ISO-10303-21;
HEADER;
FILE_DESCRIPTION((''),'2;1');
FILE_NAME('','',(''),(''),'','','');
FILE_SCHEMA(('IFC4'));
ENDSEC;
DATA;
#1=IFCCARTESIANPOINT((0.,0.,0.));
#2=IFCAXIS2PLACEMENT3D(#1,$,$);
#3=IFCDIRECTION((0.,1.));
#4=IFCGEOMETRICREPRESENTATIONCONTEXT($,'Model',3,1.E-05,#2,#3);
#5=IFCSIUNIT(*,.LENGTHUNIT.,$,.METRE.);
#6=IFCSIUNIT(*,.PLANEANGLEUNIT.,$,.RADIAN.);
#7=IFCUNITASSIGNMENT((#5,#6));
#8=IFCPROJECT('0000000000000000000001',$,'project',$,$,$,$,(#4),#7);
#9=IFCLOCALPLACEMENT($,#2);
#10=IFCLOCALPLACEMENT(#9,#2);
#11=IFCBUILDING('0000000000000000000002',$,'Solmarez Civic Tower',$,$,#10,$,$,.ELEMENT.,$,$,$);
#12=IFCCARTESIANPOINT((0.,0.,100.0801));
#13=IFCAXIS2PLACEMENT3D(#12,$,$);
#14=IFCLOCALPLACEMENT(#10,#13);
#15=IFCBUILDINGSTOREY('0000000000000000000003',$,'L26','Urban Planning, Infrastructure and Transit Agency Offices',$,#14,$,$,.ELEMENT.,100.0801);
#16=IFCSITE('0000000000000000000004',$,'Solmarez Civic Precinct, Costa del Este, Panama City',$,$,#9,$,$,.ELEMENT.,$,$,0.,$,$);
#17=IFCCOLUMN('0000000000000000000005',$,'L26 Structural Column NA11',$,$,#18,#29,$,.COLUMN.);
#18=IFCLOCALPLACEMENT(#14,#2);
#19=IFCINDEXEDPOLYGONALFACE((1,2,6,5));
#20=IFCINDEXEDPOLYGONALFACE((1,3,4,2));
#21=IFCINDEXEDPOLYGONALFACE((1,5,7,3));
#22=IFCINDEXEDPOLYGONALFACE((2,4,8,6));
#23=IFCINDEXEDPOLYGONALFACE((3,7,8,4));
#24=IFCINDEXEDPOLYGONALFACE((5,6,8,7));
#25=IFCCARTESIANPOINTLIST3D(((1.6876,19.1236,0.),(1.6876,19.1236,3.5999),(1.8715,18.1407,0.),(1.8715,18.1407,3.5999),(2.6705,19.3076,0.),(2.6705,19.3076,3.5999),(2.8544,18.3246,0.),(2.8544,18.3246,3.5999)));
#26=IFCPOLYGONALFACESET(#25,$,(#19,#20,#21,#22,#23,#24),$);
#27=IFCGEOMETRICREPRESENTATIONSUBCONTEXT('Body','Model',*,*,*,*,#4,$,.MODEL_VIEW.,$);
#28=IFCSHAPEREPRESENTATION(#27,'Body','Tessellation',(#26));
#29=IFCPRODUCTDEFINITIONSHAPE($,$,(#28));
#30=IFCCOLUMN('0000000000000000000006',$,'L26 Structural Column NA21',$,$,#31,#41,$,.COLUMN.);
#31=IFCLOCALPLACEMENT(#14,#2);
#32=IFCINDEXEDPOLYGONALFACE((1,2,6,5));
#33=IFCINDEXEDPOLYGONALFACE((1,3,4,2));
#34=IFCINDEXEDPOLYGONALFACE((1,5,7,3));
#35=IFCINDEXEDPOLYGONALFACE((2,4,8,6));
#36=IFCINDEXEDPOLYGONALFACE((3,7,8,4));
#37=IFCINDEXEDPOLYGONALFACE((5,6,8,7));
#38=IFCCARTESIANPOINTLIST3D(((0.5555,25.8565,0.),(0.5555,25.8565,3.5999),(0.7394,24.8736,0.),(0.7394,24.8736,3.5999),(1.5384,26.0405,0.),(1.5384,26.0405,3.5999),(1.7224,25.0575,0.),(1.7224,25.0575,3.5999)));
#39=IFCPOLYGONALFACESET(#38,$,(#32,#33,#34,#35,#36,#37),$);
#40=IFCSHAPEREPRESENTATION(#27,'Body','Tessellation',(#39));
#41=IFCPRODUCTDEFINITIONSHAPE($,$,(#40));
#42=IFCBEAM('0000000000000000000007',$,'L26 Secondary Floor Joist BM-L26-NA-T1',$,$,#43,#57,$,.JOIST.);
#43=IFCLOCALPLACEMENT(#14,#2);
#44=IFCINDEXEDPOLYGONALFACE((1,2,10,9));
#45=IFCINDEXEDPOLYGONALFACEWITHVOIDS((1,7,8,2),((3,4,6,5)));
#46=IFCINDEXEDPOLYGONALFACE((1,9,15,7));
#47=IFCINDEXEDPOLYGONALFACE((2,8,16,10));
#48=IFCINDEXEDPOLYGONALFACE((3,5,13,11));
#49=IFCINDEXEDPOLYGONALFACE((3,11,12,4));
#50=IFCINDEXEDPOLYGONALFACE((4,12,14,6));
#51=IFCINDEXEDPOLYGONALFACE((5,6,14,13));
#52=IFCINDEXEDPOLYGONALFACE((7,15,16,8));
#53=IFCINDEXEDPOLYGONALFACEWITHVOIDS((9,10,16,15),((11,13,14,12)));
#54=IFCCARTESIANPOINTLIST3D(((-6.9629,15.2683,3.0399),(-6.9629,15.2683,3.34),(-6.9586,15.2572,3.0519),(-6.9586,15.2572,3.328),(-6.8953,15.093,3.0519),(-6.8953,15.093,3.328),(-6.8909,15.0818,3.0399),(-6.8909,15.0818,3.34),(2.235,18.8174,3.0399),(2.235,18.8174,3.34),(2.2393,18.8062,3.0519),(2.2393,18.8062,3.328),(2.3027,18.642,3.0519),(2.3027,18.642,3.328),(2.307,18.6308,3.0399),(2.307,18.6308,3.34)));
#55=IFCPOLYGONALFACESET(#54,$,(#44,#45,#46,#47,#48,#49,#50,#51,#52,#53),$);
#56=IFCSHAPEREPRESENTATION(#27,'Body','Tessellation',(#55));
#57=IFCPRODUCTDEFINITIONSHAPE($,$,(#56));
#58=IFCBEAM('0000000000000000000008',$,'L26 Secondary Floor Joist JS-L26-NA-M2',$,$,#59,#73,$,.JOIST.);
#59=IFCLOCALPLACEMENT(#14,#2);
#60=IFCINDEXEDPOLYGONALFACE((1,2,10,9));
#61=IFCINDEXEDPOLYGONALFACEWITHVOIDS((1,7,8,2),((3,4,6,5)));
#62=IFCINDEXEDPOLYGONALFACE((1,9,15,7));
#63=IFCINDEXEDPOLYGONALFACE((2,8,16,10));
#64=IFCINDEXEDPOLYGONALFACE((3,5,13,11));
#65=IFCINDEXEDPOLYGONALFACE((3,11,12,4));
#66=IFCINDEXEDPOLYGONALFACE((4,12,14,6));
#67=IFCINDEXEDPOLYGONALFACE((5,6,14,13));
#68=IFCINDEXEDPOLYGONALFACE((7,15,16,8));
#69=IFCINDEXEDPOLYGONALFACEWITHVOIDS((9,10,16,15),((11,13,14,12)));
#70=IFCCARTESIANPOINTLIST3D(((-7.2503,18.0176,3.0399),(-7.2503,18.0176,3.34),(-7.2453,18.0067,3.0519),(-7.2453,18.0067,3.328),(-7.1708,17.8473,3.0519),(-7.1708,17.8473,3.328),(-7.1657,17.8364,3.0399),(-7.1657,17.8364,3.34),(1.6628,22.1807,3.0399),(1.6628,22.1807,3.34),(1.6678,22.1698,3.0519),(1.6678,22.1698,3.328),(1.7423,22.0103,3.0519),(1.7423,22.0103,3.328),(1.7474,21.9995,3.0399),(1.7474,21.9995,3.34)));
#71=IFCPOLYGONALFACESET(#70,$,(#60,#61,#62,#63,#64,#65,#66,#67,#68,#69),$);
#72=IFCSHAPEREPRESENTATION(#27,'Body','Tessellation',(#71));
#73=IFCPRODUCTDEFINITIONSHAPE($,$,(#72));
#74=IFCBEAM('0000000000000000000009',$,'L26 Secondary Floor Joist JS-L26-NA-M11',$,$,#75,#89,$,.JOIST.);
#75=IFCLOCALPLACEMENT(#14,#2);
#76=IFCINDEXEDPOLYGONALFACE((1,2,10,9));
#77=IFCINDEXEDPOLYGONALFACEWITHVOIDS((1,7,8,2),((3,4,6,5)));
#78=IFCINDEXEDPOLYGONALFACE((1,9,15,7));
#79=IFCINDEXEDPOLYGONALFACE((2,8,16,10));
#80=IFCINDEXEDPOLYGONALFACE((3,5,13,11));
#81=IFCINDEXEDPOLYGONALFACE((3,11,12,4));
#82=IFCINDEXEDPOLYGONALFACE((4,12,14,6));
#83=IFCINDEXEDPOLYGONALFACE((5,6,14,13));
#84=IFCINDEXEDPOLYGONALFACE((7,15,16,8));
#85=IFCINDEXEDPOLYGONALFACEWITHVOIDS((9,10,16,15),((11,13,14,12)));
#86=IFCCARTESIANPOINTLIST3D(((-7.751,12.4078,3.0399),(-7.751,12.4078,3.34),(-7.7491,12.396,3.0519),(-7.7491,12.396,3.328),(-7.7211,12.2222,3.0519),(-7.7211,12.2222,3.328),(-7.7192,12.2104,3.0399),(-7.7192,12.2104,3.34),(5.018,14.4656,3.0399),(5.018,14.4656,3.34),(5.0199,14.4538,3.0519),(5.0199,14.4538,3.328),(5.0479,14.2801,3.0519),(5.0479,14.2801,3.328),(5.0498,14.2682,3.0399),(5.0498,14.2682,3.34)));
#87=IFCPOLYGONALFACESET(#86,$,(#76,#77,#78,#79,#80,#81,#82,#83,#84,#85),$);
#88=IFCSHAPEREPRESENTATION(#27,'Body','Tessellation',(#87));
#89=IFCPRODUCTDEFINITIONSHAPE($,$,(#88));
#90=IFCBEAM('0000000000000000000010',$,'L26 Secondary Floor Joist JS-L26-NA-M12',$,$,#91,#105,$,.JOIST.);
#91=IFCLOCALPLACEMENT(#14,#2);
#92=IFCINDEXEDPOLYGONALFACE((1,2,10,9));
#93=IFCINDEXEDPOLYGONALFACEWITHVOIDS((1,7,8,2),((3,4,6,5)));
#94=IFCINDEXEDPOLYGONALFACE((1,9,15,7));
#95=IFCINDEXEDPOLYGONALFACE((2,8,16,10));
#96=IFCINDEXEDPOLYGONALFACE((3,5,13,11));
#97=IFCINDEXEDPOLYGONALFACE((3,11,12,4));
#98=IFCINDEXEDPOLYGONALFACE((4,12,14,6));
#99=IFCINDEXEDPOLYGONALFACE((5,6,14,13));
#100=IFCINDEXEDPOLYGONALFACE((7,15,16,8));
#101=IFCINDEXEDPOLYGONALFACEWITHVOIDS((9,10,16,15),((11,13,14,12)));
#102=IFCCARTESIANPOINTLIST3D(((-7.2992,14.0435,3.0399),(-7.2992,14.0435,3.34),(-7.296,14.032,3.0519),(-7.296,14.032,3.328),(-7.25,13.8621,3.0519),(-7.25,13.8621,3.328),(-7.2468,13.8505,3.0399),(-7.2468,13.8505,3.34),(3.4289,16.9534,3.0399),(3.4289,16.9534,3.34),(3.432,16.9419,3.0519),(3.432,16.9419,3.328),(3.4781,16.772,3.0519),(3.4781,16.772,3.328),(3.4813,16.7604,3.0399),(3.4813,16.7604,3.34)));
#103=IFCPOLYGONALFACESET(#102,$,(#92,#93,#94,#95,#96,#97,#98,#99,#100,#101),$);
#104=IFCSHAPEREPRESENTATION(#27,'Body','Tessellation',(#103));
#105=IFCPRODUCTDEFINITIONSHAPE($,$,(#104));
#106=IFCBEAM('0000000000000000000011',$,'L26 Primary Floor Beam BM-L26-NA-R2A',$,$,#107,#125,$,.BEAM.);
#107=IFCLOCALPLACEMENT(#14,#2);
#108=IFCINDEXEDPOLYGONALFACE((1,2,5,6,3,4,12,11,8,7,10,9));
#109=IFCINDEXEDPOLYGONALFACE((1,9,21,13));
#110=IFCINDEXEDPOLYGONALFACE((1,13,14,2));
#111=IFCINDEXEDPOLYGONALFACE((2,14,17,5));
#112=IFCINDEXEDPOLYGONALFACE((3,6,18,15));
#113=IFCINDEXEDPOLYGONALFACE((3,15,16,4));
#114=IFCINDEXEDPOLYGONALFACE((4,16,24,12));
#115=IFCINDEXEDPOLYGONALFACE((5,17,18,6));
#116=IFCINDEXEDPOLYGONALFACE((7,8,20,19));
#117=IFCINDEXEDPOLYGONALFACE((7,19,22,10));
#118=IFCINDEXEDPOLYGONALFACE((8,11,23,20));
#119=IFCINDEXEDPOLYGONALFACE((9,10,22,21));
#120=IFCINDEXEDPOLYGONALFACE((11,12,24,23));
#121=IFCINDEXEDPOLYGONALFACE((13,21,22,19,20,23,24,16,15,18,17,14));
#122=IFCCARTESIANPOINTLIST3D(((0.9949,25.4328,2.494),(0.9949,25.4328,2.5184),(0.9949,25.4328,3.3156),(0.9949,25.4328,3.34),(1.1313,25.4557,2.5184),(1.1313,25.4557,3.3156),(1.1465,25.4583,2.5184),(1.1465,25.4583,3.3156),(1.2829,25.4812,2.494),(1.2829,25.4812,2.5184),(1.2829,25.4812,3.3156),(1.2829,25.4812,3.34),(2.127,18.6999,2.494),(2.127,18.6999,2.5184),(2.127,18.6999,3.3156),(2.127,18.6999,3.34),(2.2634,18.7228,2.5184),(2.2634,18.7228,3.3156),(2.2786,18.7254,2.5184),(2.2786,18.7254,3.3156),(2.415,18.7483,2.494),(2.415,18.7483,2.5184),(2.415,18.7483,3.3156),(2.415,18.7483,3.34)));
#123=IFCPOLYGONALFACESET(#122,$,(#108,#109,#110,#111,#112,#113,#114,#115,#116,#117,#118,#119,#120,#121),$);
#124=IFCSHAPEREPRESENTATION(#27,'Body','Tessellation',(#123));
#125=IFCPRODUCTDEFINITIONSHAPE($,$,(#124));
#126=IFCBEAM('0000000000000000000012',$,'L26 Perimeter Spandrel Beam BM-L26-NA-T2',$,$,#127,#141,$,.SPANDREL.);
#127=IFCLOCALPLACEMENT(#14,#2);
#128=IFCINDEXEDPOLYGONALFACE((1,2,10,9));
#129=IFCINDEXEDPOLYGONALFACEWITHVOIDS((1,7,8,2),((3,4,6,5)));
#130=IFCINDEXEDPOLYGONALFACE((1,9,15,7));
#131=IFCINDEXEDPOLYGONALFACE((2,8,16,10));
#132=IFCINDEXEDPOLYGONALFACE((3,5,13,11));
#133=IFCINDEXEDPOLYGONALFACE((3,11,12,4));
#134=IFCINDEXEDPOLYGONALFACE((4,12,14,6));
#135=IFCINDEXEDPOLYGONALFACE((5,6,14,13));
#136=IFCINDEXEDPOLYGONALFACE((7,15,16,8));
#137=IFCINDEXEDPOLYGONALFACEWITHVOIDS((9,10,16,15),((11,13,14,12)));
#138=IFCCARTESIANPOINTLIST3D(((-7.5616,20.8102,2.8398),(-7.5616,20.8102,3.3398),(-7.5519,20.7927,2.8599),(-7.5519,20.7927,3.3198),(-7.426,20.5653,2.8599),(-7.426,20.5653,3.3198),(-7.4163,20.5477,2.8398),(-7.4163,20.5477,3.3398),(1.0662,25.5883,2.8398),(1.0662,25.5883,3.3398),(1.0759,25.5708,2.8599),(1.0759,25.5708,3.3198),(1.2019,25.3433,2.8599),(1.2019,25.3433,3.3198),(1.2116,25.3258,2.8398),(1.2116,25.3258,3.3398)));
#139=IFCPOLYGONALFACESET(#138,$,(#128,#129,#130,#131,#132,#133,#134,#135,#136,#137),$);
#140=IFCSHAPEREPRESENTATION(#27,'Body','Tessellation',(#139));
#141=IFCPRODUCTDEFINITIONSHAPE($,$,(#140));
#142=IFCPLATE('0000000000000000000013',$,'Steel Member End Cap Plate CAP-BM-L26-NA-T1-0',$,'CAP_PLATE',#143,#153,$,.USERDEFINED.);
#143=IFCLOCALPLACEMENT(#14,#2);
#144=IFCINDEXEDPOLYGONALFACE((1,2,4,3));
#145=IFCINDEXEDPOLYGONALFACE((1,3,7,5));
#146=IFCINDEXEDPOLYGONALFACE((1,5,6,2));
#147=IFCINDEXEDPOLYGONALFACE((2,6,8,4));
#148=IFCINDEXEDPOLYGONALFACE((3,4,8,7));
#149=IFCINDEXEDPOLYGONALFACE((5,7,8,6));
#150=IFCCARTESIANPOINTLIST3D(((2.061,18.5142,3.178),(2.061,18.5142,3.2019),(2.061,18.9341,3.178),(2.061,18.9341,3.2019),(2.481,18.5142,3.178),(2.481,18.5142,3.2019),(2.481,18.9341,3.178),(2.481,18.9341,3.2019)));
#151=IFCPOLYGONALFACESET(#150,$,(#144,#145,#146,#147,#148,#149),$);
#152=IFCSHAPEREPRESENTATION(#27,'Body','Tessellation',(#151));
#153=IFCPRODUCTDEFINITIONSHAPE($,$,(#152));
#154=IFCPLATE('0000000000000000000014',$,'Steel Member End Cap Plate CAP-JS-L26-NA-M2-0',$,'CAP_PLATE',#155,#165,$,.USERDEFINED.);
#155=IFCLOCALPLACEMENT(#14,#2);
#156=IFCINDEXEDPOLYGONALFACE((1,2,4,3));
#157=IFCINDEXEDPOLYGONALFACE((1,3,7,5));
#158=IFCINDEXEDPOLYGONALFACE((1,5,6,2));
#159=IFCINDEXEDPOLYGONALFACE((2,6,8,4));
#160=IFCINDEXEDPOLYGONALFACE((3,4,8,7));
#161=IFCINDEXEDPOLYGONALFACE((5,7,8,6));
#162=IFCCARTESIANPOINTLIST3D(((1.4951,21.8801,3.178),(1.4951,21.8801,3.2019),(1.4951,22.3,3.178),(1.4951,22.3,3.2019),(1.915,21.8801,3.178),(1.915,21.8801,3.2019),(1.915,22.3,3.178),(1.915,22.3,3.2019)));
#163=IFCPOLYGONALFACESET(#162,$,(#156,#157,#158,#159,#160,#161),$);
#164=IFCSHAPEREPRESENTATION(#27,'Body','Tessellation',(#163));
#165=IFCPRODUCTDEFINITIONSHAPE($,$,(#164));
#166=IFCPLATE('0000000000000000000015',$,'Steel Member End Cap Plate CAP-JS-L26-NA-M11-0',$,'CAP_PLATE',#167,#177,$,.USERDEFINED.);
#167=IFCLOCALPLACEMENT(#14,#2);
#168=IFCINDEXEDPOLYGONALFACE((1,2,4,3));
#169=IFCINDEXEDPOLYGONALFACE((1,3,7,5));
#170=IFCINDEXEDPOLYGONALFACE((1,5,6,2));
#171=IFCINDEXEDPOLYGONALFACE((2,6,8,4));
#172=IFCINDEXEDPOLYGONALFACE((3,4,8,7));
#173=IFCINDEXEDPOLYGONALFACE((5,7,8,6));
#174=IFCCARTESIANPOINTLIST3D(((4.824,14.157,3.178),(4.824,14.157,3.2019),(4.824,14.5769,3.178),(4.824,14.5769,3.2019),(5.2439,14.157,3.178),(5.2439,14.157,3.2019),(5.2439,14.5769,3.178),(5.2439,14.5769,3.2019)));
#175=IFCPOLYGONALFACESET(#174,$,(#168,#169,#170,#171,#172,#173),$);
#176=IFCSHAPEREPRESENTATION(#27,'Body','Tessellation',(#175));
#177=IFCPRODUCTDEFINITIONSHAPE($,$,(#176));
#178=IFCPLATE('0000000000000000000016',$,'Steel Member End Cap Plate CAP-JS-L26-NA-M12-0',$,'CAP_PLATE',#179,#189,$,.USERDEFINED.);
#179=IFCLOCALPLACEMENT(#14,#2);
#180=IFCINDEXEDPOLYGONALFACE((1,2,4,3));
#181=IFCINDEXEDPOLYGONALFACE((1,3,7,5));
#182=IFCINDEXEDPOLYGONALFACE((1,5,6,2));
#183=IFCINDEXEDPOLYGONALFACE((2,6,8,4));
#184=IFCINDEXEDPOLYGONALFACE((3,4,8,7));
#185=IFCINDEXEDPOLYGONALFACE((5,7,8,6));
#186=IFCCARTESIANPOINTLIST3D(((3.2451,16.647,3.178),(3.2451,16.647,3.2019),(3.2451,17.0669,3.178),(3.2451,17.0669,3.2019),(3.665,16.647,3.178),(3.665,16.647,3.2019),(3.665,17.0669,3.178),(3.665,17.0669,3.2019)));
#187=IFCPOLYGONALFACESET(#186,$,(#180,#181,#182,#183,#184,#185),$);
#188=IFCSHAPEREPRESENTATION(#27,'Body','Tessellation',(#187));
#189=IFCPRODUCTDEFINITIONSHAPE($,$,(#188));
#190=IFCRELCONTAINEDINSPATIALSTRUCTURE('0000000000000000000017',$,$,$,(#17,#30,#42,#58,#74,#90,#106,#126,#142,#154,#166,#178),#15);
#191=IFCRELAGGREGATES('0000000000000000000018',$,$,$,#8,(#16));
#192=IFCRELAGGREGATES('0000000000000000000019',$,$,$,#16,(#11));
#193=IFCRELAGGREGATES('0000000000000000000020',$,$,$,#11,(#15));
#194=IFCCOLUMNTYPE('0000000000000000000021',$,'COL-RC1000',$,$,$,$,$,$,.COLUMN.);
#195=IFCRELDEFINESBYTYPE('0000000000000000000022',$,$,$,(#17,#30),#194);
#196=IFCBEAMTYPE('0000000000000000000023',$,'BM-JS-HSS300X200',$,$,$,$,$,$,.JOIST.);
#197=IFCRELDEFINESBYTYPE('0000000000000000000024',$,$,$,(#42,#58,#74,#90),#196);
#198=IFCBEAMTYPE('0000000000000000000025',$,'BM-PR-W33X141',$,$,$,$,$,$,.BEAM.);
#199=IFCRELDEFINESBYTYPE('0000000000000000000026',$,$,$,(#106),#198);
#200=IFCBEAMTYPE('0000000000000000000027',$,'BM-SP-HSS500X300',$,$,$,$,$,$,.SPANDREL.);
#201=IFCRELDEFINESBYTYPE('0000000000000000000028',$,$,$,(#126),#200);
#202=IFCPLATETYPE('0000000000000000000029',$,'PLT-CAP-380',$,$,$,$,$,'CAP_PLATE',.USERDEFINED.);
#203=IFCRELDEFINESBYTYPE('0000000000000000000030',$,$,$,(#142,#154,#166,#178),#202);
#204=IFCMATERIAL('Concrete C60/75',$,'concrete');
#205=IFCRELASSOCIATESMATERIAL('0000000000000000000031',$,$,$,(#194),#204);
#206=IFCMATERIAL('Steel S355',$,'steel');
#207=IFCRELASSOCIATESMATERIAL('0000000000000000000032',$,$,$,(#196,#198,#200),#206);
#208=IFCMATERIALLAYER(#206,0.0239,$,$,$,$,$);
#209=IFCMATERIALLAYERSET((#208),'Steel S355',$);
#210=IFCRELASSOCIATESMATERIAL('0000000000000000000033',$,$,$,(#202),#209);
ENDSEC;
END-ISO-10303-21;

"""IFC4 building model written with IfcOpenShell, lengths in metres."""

from ifc_helpers import new_model, si_unit, direction, frame, origin, origin_2d, place, context, subcontext, project, spatial, rectangle, hollow_rectangle, i_section, extrude, material, layer, layer_set, material_profile, profile_set, type_object, element, save


model = new_model("IFC4")

# Units and contexts
model_context = context("Model", 3, precision=1e-05, world=origin(), true_north=direction((0.0, 1.0)))
body_context = subcontext(model_context, "Body", "Model", "MODEL_VIEW")
ifc_project = project(units=[si_unit("LENGTHUNIT", "METRE"), si_unit("PLANEANGLEUNIT", "RADIAN")], contexts=[model_context])

# Site, building, storey
site_placement = place(None, origin())
site = spatial("IfcSite", under=ifc_project, at=site_placement, Name="Solmarez Civic Precinct, Costa del Este, Panama City", CompositionType="ELEMENT", RefElevation=0.0)
building_placement = place(site_placement, origin())
building = spatial("IfcBuilding", under=site, at=building_placement, Name="Solmarez Civic Tower", CompositionType="ELEMENT")
storey_placement = place(building_placement, frame((0.0, 0.0, 100.0801)))
storey = spatial("IfcBuildingStorey", under=building, at=storey_placement, Name="L26", Description="Urban Planning, Infrastructure and Transit Agency Offices", CompositionType="ELEMENT", Elevation=100.0801)

# Columns
ifc_material_1 = material(Name="Concrete C60/75", Category="concrete")
ifc_material_profile_1 = material_profile(ifc_material_1, rectangle(XDim=1.0, YDim=1.0, at=origin_2d()), Name="RC1000X1000")
ifc_profile_set_1 = profile_set([ifc_material_profile_1], Name="Concrete C60/75")
column_type = type_object("IfcColumnType", Name="COL-RC1000", PredefinedType="COLUMN", material=ifc_profile_set_1)
for number, where, z_axis, x_axis, name in (
    (1, (2.271, 18.7241, 0.0), (0.0, 0.0, 1.0), (0.982935, 0.183951, 0.0), "L26 Structural Column NA11"),
    (2, (1.1389, 25.457, 0.0), (0.0, 0.0, 1.0), (0.982935, 0.183951, 0.0), "L26 Structural Column NA21"),
):
    element("IfcColumn", number, at=place(storey_placement, frame(where, z_axis=z_axis, x_axis=x_axis)), inside=storey, type_object=column_type, Name=name, PredefinedType="COLUMN", context=body_context, shape_type="SweptSolid", body=[
        extrude(rectangle(XDim=1.0, YDim=1.0, at=origin_2d()), origin(), (0.0, 0.0, 1.0), 3.5999),
    ])

# Beams
ifc_material_2 = material(Name="Steel S355", Category="steel")
ifc_material_profile_2 = material_profile(ifc_material_2, hollow_rectangle(XDim=0.2, YDim=0.3, WallThickness=0.012, at=origin_2d()), Name="HSS300X200X12")
ifc_profile_set_2 = profile_set([ifc_material_profile_2], Name="Steel S355")
beam_type_1 = type_object("IfcBeamType", Name="BM-JS-HSS300X200", PredefinedType="JOIST", material=ifc_profile_set_2)
beam_1_placement = place(storey_placement, frame((2.271, 18.7241, 3.1899), z_axis=(-0.932958, -0.359984, 0.0), x_axis=(0.359984, -0.932958, 0.0)))
element("IfcBeam", 3, at=beam_1_placement, inside=storey, type_object=beam_type_1, Name="L26 Secondary Floor Joist BM-L26-NA-T1", PredefinedType="JOIST", context=body_context, shape_type="SweptSolid", body=[
    extrude(hollow_rectangle(XDim=0.2, YDim=0.3, WallThickness=0.012, at=origin_2d()), origin(), (0.0, 0.0, 1.0), 9.8589),
])
beam_2_placement = place(storey_placement, frame((1.7051, 22.0901, 3.1899), z_axis=(-0.906041, -0.42319, 0.0), x_axis=(0.42319, -0.906041, 0.0)))
element("IfcBeam", 4, at=beam_2_placement, inside=storey, type_object=beam_type_1, Name="L26 Secondary Floor Joist JS-L26-NA-M2", PredefinedType="JOIST", context=body_context, shape_type="SweptSolid", body=[
    extrude(hollow_rectangle(XDim=0.2, YDim=0.3, WallThickness=0.012, at=origin_2d()), origin(), (0.0, 0.0, 1.0), 9.8374),
])
beam_3_placement = place(storey_placement, frame((5.0339, 14.3669, 3.1899), z_axis=(-0.987261, -0.159107, 0.0), x_axis=(0.159107, -0.987261, 0.0)))
element("IfcBeam", 5, at=beam_3_placement, inside=storey, type_object=beam_type_1, Name="L26 Secondary Floor Joist JS-L26-NA-M11", PredefinedType="JOIST", context=body_context, shape_type="SweptSolid", body=[
    extrude(hollow_rectangle(XDim=0.2, YDim=0.3, WallThickness=0.012, at=origin_2d()), origin(), (0.0, 0.0, 1.0), 12.9338),
])
beam_4_placement = place(storey_placement, frame((3.4551, 16.8569, 3.1899), z_axis=(-0.965126, -0.261785, 0.0), x_axis=(0.261785, -0.965126, 0.0)))
element("IfcBeam", 6, at=beam_4_placement, inside=storey, type_object=beam_type_1, Name="L26 Secondary Floor Joist JS-L26-NA-M12", PredefinedType="JOIST", context=body_context, shape_type="SweptSolid", body=[
    extrude(hollow_rectangle(XDim=0.2, YDim=0.3, WallThickness=0.012, at=origin_2d()), origin(), (0.0, 0.0, 1.0), 11.1157),
])
ifc_material_profile_3 = material_profile(ifc_material_2, i_section(OverallWidth=0.292, OverallDepth=0.8459, WebThickness=0.0154, FlangeThickness=0.0244, at=origin_2d()), Name="W33X141")
ifc_profile_set_3 = profile_set([ifc_material_profile_3], Name="Steel S355")
beam_type_2 = type_object("IfcBeamType", Name="BM-PR-W33X141", PredefinedType="BEAM", material=ifc_profile_set_3)
beam_5_placement = place(storey_placement, frame((2.271, 18.7241, 2.917), z_axis=(-0.165814, 0.986157, 0.0), x_axis=(-0.986157, -0.165814, 0.0)))
element("IfcBeam", 7, at=beam_5_placement, inside=storey, type_object=beam_type_2, Name="L26 Primary Floor Beam BM-L26-NA-R2A", PredefinedType="BEAM", context=body_context, shape_type="SweptSolid", body=[
    extrude(i_section(OverallWidth=0.292, OverallDepth=0.8459, WebThickness=0.0154, FlangeThickness=0.0244, at=origin_2d()), origin(), (0.0, 0.0, 1.0), 6.8274),
])
ifc_material_profile_4 = material_profile(ifc_material_2, hollow_rectangle(XDim=0.3, YDim=0.5, WallThickness=0.02, at=origin_2d()), Name="HSS500X300X20")
ifc_profile_set_4 = profile_set([ifc_material_profile_4], Name="Steel S355")
beam_type_3 = type_object("IfcBeamType", Name="BM-SP-HSS500X300", PredefinedType="SPANDREL", material=ifc_profile_set_4)
beam_6_placement = place(storey_placement, frame((1.1389, 25.457, 3.0898), z_axis=(-0.874812, -0.484463, 0.0), x_axis=(0.484463, -0.874812, 0.0)))
element("IfcBeam", 8, at=beam_6_placement, inside=storey, type_object=beam_type_3, Name="L26 Perimeter Spandrel Beam BM-L26-NA-T2", PredefinedType="SPANDREL", context=body_context, shape_type="SweptSolid", body=[
    extrude(hollow_rectangle(XDim=0.3, YDim=0.5, WallThickness=0.02, at=origin_2d()), origin(), (0.0, 0.0, 1.0), 9.8625),
])

# Plates
ifc_layer_1 = layer(ifc_material_2, 0.0239)
ifc_layer_set_1 = layer_set([ifc_layer_1], Name="Steel S355")
plate_type_1 = type_object("IfcPlateType", Name="PLT-CAP-380", ElementType="CAP_PLATE", PredefinedType="USERDEFINED", material=ifc_layer_set_1)
for number, where, z_axis, x_axis, name in (
    (9, (2.271, 18.7241, 3.178), (0.0, 0.0, 1.0), (1.0, 0.0, 0.0), "Steel Member End Cap Plate CAP-BM-L26-NA-T1-0"),
    (10, (1.7051, 22.0901, 3.178), (0.0, 0.0, 1.0), (1.0, 0.0, 0.0), "Steel Member End Cap Plate CAP-JS-L26-NA-M2-0"),
    (11, (5.0339, 14.3669, 3.178), (0.0, 0.0, 1.0), (1.0, 0.0, 0.0), "Steel Member End Cap Plate CAP-JS-L26-NA-M11-0"),
    (12, (3.4551, 16.8569, 3.178), (0.0, 0.0, 1.0), (1.0, 0.0, 0.0), "Steel Member End Cap Plate CAP-JS-L26-NA-M12-0"),
):
    element("IfcPlate", number, at=place(storey_placement, frame(where, z_axis=z_axis, x_axis=x_axis)), inside=storey, type_object=plate_type_1, Name=name, ObjectType="CAP_PLATE", PredefinedType="USERDEFINED", context=body_context, shape_type="SweptSolid", body=[
        extrude(rectangle(XDim=0.4199, YDim=0.4199, at=origin_2d()), origin(), (0.0, 0.0, 1.0), 0.0239),
    ])

save(model, "model.ifc")
